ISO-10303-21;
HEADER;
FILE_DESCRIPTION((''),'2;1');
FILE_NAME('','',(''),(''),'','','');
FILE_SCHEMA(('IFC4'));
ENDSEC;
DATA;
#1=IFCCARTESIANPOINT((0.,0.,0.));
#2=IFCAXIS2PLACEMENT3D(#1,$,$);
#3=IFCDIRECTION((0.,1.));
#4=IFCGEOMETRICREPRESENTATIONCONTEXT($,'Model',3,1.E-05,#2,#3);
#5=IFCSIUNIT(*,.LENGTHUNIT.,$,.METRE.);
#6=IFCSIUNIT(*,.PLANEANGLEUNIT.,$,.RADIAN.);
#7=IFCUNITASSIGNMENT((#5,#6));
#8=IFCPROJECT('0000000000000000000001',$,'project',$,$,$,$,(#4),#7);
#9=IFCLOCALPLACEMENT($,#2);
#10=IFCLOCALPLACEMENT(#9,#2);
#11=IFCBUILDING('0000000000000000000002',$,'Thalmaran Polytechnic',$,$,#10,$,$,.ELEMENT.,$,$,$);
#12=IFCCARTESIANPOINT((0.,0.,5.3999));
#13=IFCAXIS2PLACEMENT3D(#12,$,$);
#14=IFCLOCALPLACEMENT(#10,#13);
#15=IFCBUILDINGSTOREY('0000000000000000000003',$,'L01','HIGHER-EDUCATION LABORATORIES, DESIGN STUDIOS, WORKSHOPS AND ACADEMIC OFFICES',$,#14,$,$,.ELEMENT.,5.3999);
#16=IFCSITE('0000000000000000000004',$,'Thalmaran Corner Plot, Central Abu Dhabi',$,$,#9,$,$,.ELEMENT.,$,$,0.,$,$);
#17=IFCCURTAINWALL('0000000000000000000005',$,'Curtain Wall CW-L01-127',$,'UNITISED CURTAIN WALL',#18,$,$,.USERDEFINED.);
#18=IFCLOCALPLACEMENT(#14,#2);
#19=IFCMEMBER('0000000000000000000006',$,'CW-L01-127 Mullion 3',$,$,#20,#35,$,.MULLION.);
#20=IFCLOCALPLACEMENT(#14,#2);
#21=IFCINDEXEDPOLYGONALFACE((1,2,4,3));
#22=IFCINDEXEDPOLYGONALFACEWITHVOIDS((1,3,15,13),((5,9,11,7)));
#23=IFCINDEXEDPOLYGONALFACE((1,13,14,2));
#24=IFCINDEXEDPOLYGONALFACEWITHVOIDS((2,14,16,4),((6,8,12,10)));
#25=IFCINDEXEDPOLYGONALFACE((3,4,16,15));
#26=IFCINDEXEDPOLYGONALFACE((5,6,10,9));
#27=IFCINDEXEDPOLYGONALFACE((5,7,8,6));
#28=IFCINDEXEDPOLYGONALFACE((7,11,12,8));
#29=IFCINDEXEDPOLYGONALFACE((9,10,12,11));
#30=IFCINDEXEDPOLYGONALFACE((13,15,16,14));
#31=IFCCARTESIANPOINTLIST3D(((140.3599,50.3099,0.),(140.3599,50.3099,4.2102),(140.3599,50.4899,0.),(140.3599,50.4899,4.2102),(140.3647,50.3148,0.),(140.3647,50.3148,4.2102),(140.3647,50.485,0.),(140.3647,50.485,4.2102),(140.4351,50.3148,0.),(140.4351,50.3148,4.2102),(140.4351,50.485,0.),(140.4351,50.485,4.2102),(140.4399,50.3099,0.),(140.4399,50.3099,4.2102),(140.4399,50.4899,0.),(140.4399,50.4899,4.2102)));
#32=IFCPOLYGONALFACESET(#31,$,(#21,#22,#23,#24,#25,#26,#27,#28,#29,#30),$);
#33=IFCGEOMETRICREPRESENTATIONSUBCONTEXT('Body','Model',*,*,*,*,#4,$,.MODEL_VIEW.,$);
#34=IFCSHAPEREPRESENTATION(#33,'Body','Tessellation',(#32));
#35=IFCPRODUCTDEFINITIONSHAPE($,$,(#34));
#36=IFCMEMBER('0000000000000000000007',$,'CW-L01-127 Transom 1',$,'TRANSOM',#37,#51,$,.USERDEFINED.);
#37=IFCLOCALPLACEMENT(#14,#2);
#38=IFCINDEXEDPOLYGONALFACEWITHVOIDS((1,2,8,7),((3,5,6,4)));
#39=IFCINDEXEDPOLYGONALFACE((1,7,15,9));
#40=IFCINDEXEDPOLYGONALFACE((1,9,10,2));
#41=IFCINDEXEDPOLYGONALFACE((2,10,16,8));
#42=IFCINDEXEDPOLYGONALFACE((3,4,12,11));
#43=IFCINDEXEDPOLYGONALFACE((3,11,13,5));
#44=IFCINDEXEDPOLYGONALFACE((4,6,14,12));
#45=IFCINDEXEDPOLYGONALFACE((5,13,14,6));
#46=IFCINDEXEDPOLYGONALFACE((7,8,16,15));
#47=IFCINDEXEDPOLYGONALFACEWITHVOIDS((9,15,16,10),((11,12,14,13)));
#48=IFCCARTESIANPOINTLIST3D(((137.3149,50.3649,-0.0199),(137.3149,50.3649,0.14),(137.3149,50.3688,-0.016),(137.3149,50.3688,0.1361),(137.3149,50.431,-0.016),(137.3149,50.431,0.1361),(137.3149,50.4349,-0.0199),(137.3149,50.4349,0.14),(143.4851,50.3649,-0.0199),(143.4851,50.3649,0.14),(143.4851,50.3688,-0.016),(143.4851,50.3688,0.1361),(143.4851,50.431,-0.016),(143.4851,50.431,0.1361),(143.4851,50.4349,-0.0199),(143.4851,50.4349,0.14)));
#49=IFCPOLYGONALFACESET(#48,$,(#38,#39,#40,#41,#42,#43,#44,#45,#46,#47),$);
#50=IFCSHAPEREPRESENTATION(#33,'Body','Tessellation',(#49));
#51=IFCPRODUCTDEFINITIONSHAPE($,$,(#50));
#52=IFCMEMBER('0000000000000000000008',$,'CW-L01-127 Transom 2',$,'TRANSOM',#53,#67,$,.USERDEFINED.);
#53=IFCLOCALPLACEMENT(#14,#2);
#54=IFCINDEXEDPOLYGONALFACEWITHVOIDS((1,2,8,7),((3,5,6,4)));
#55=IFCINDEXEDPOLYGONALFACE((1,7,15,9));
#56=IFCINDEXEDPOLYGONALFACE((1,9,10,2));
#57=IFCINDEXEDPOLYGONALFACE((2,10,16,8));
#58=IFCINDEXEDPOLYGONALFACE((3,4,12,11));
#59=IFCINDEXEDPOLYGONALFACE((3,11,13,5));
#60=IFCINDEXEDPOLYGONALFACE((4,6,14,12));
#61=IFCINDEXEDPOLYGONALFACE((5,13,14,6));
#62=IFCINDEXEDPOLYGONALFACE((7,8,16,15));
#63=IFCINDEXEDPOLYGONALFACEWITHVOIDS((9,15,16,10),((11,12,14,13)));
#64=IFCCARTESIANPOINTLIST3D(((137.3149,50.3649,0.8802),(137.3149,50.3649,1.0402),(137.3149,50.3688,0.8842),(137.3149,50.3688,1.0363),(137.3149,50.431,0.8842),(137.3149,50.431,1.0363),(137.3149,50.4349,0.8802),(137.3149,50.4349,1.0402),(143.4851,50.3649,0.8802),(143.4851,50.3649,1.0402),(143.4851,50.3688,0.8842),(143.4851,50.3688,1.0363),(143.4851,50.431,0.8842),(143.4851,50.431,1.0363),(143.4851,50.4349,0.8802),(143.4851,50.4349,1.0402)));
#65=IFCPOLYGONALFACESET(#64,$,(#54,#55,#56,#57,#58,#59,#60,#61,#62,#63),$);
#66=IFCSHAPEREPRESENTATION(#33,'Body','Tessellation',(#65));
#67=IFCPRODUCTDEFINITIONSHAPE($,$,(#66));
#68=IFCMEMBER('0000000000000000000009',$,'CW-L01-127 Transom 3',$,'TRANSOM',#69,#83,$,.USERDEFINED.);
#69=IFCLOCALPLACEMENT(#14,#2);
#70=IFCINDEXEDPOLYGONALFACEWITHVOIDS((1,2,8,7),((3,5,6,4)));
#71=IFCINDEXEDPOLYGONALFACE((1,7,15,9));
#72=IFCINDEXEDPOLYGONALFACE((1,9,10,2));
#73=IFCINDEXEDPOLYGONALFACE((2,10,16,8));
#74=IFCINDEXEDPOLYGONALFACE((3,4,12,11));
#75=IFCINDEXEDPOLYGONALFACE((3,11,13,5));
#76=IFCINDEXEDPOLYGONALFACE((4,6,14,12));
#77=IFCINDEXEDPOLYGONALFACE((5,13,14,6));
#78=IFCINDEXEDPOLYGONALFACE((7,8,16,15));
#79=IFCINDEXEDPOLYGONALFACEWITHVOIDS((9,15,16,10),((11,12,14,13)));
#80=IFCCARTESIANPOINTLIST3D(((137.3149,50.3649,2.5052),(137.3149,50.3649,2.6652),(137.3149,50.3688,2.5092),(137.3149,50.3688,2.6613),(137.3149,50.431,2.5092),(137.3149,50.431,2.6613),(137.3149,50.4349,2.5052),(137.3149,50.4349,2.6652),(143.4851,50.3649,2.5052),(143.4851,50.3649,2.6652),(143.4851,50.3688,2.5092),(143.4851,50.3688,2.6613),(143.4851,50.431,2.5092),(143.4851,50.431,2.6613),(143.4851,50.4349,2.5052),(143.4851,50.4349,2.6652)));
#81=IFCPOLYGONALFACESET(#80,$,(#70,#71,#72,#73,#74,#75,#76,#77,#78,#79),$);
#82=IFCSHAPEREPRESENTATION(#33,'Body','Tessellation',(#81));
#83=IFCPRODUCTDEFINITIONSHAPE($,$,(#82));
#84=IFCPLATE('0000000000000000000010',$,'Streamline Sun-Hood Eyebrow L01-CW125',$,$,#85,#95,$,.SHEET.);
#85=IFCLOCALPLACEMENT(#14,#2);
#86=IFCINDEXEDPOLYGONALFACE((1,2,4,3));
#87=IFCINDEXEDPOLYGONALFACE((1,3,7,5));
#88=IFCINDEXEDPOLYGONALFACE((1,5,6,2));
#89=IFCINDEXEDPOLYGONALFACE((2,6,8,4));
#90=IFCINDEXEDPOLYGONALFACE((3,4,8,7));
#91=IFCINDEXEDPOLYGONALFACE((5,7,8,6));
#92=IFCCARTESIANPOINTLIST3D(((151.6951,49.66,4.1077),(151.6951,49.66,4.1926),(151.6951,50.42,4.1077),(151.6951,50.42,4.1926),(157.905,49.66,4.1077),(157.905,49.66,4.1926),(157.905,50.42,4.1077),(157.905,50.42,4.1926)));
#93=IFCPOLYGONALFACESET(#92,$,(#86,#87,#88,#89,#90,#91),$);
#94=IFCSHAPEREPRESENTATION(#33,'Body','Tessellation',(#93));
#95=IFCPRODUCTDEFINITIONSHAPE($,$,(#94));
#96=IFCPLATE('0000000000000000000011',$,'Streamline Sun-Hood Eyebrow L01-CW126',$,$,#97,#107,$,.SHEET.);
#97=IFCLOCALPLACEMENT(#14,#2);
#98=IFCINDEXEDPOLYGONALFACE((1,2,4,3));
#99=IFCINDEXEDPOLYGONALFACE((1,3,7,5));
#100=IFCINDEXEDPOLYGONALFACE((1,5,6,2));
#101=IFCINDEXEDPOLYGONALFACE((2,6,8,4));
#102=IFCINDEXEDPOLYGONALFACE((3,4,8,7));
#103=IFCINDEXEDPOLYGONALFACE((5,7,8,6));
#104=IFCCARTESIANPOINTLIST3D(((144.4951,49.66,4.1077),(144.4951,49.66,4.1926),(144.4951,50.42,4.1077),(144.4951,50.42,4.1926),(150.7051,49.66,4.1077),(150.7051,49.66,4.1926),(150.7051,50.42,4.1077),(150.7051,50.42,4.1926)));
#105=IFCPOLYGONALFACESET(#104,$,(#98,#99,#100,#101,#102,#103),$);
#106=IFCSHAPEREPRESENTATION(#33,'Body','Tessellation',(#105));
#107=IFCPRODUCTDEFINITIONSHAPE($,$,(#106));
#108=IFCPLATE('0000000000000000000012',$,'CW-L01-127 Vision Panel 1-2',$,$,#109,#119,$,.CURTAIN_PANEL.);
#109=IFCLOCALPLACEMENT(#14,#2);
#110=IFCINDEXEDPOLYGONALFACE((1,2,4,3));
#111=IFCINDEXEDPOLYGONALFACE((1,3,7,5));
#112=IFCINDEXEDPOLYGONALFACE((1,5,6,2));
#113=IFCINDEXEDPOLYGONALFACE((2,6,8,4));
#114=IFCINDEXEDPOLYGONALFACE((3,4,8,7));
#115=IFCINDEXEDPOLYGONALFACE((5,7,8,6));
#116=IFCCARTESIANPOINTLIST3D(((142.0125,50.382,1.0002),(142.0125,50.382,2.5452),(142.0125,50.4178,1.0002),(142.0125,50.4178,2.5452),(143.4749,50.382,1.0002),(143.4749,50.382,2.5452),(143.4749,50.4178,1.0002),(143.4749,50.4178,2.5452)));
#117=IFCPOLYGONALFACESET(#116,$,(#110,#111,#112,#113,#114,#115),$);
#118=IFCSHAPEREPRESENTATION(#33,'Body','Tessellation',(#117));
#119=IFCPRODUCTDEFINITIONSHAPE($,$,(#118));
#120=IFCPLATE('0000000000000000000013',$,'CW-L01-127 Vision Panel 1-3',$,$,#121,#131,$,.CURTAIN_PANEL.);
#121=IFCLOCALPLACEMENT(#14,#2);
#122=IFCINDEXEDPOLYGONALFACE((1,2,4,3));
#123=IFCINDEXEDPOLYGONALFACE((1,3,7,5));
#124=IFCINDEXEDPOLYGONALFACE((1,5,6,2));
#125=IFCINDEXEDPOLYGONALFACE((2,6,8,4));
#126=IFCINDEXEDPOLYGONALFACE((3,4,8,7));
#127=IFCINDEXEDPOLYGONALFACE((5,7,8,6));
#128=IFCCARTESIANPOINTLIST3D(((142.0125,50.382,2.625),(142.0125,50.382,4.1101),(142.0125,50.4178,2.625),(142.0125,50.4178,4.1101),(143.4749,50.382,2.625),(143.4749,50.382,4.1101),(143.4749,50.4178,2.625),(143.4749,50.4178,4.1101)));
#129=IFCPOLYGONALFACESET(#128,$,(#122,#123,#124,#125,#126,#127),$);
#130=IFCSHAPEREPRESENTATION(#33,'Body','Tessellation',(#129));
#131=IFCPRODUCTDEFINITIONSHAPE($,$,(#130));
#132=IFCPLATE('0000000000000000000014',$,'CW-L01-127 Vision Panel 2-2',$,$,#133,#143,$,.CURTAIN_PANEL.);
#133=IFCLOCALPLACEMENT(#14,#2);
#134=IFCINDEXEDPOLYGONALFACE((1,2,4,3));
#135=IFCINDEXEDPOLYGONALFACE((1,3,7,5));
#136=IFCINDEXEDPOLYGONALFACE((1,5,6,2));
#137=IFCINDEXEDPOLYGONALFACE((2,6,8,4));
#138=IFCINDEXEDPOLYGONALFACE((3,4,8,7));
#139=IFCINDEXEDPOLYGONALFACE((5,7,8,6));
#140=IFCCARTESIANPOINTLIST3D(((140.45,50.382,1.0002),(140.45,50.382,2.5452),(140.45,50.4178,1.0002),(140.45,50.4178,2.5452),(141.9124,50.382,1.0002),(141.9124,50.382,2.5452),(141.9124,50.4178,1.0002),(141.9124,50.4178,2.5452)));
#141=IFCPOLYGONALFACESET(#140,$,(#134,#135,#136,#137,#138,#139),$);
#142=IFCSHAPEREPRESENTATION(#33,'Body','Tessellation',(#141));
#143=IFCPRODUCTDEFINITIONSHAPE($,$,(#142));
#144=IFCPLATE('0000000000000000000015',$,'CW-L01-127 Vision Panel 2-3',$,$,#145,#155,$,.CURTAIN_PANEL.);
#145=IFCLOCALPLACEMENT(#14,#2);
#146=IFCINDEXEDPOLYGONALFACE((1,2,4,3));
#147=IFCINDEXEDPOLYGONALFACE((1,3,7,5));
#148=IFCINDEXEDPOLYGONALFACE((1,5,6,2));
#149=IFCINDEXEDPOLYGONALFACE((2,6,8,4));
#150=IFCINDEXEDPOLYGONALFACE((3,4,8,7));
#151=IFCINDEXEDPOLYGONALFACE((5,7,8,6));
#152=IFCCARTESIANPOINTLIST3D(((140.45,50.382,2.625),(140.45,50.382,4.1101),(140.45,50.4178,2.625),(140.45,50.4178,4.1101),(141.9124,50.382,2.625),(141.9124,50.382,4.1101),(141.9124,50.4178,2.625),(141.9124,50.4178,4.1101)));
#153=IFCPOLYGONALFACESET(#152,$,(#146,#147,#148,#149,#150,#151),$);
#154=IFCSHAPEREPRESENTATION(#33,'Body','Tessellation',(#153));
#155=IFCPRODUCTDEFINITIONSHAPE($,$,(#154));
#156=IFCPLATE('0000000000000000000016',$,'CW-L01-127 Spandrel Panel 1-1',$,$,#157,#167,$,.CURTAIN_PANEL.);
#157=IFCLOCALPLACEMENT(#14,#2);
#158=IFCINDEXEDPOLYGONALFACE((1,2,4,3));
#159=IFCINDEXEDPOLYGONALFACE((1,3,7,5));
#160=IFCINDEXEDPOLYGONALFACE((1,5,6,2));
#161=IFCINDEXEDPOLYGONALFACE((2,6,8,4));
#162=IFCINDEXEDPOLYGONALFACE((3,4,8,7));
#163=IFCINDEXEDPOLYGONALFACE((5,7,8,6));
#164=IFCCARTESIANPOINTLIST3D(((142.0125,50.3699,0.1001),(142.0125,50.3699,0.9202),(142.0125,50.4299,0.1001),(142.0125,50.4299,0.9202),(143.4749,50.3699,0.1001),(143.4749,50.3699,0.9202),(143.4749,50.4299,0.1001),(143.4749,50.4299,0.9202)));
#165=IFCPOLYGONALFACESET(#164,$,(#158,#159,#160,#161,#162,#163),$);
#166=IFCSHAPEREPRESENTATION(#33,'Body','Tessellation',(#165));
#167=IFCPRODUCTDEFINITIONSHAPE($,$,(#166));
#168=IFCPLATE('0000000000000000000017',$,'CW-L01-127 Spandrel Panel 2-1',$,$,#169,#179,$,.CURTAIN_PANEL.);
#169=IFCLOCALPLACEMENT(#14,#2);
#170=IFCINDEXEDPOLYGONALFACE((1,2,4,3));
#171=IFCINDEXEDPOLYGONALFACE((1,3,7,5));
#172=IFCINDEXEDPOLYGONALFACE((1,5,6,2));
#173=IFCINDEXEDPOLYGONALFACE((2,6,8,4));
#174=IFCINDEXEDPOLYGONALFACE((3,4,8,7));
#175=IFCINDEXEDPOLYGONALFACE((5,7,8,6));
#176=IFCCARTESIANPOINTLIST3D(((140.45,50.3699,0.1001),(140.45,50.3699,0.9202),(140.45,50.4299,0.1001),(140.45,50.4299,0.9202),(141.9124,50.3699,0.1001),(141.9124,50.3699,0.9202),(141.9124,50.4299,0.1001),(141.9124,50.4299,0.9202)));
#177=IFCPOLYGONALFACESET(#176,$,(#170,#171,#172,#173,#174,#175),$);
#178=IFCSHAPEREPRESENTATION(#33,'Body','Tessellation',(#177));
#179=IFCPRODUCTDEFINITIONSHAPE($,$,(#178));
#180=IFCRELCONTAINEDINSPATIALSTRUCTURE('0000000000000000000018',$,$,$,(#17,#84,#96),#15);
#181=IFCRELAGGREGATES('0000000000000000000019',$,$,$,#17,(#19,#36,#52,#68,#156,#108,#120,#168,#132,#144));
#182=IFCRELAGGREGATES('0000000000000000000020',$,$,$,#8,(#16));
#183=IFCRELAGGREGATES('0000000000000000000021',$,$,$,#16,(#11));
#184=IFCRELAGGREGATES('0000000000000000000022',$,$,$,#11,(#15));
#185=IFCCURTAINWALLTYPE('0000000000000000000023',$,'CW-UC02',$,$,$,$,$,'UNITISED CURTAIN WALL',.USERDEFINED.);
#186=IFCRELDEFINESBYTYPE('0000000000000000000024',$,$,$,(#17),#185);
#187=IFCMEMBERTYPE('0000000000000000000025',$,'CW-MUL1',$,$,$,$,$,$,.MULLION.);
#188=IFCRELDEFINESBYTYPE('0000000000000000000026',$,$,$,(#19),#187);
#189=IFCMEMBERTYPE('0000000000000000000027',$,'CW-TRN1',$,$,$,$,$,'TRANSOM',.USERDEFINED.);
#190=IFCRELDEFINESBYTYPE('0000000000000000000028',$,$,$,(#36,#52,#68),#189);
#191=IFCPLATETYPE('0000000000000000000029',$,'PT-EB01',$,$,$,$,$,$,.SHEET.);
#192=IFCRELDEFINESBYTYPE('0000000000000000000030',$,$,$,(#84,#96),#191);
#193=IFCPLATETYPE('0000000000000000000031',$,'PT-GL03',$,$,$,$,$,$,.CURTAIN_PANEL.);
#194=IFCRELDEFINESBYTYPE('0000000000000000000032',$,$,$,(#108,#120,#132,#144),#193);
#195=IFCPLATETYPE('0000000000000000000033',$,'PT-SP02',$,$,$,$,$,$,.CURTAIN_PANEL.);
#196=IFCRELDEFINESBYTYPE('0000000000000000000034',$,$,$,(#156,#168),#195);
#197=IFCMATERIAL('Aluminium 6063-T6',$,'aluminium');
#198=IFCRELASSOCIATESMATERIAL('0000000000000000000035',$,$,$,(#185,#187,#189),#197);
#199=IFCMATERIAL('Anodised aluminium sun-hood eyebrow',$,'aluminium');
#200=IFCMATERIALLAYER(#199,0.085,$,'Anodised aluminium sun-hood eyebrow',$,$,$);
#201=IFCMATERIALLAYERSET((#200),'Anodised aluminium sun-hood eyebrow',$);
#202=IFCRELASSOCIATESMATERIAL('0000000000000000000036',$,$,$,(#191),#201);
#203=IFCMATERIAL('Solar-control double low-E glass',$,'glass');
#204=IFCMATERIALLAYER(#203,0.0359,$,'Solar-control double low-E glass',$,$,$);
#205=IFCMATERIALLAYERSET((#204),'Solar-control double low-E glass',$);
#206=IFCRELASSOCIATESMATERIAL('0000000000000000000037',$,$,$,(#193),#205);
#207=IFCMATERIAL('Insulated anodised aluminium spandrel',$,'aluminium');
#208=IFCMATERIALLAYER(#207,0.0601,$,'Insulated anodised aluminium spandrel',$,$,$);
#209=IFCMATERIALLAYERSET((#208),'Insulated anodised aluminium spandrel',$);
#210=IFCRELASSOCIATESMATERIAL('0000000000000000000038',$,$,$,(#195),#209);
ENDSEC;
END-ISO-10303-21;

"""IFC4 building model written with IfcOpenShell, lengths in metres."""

from ifc_helpers import new_model, si_unit, direction, frame, origin, origin_2d, place, context, subcontext, project, spatial, rectangle, hollow_rectangle, extrude, material, layer, layer_set, material_profile, profile_set, type_object, element, aggregate, save


model = new_model("IFC4")

# Units and contexts
model_context = context("Model", 3, precision=1e-05, world=origin(), true_north=direction((0.0, 1.0)))
body_context = subcontext(model_context, "Body", "Model", "MODEL_VIEW")
ifc_project = project(units=[si_unit("LENGTHUNIT", "METRE"), si_unit("PLANEANGLEUNIT", "RADIAN")], contexts=[model_context])

# Site, building, storey
site_placement = place(None, origin())
site = spatial("IfcSite", under=ifc_project, at=site_placement, Name="Thalmaran Corner Plot, Central Abu Dhabi", CompositionType="ELEMENT", RefElevation=0.0)
building_placement = place(site_placement, origin())
building = spatial("IfcBuilding", under=site, at=building_placement, Name="Thalmaran Polytechnic", CompositionType="ELEMENT")
storey_placement = place(building_placement, frame((0.0, 0.0, 5.3999)))
storey = spatial("IfcBuildingStorey", under=building, at=storey_placement, Name="L01", Description="HIGHER-EDUCATION LABORATORIES, DESIGN STUDIOS, WORKSHOPS AND ACADEMIC OFFICES", CompositionType="ELEMENT", Elevation=5.3999)

# Curtain wall, members
ifc_material_1 = material(Name="Aluminium 6063-T6", Category="aluminium")
curtain_wall_type = type_object("IfcCurtainWallType", Name="CW-UC02", ElementType="UNITISED CURTAIN WALL", PredefinedType="USERDEFINED", material=ifc_material_1)
curtain_wall_placement = place(storey_placement, origin())
curtain_wall = element("IfcCurtainWall", 1, at=curtain_wall_placement, inside=storey, type_object=curtain_wall_type, Name="Curtain Wall CW-L01-127", ObjectType="UNITISED CURTAIN WALL", PredefinedType="USERDEFINED")
ifc_material_profile_1 = material_profile(ifc_material_1, hollow_rectangle(XDim=0.0801, YDim=0.1799, WallThickness=0.0049, at=origin_2d()), Name="RHS 180x80x5.0")
ifc_profile_set_1 = profile_set([ifc_material_profile_1], Name="Aluminium 6063-T6")
member_type_1 = type_object("IfcMemberType", Name="CW-MUL1", PredefinedType="MULLION", material=ifc_profile_set_1)
member_1_placement = place(storey_placement, frame((140.3999, 50.3999, 0.0), z_axis=(0.0, 0.0, 1.0), x_axis=(1.0, 0.0, 0.0)))
member_1 = element("IfcMember", 2, at=member_1_placement, type_object=member_type_1, Name="CW-L01-127 Mullion 3", PredefinedType="MULLION", context=body_context, shape_type="SweptSolid", body=[
    extrude(hollow_rectangle(XDim=0.0801, YDim=0.1799, WallThickness=0.0049, at=origin_2d()), origin(), (0.0, 0.0, 1.0), 4.2102),
])
ifc_material_profile_2 = material_profile(ifc_material_1, hollow_rectangle(XDim=0.0701, YDim=0.1599, WallThickness=0.0039, at=origin_2d()), Name="AL 160x70x4.0")
ifc_profile_set_2 = profile_set([ifc_material_profile_2], Name="Aluminium 6063-T6")
member_type_2 = type_object("IfcMemberType", Name="CW-TRN1", ElementType="TRANSOM", PredefinedType="USERDEFINED", material=ifc_profile_set_2)
member_2_placement = place(storey_placement, frame((143.4851, 50.3999, 0.0601), z_axis=(-1.0, 0.0, 0.0), x_axis=(0.0, -1.0, 0.0)))
member_2 = element("IfcMember", 3, at=member_2_placement, type_object=member_type_2, Name="CW-L01-127 Transom 1", ObjectType="TRANSOM", PredefinedType="USERDEFINED", context=body_context, shape_type="SweptSolid", body=[
    extrude(hollow_rectangle(XDim=0.0701, YDim=0.1599, WallThickness=0.0039, at=origin_2d()), origin(), (0.0, 0.0, 1.0), 6.1702),
])
member_3_placement = place(storey_placement, frame((143.4851, 50.3999, 0.9602), z_axis=(-1.0, 0.0, 0.0), x_axis=(0.0, -1.0, 0.0)))
member_3 = element("IfcMember", 4, at=member_3_placement, type_object=member_type_2, Name="CW-L01-127 Transom 2", ObjectType="TRANSOM", PredefinedType="USERDEFINED", context=body_context, shape_type="SweptSolid", body=[
    extrude(hollow_rectangle(XDim=0.0701, YDim=0.1599, WallThickness=0.0039, at=origin_2d()), origin(), (0.0, 0.0, 1.0), 6.1702),
])
member_4_placement = place(storey_placement, frame((143.4851, 50.3999, 2.5852), z_axis=(-1.0, 0.0, 0.0), x_axis=(0.0, -1.0, 0.0)))
member_4 = element("IfcMember", 5, at=member_4_placement, type_object=member_type_2, Name="CW-L01-127 Transom 3", ObjectType="TRANSOM", PredefinedType="USERDEFINED", context=body_context, shape_type="SweptSolid", body=[
    extrude(hollow_rectangle(XDim=0.0701, YDim=0.1599, WallThickness=0.0039, at=origin_2d()), origin(), (0.0, 0.0, 1.0), 6.1702),
])

# Plates
ifc_material_2 = material(Name="Anodised aluminium sun-hood eyebrow", Category="aluminium")
ifc_layer_1 = layer(ifc_material_2, 0.085, Name="Anodised aluminium sun-hood eyebrow")
ifc_layer_set_1 = layer_set([ifc_layer_1], Name="Anodised aluminium sun-hood eyebrow")
plate_type_1 = type_object("IfcPlateType", Name="PT-EB01", PredefinedType="SHEET", material=ifc_layer_set_1)
for number, where, z_axis, x_axis, name in (
    (6, (154.8, 50.04, 4.1077), (0.0, 0.0, 1.0), (-1.0, 0.0, 0.0), "Streamline Sun-Hood Eyebrow L01-CW125"),
    (7, (147.6001, 50.04, 4.1077), (0.0, 0.0, 1.0), (-1.0, 0.0, 0.0), "Streamline Sun-Hood Eyebrow L01-CW126"),
):
    element("IfcPlate", number, at=place(storey_placement, frame(where, z_axis=z_axis, x_axis=x_axis)), inside=storey, type_object=plate_type_1, Name=name, PredefinedType="SHEET", context=body_context, shape_type="SweptSolid", body=[
        extrude(rectangle(XDim=6.21, YDim=0.76, at=origin_2d()), origin(), (0.0, 0.0, 1.0), 0.085),
    ])

# Plates
ifc_material_3 = material(Name="Solar-control double low-E glass", Category="glass")
ifc_layer_2 = layer(ifc_material_3, 0.0359, Name="Solar-control double low-E glass")
ifc_layer_set_2 = layer_set([ifc_layer_2], Name="Solar-control double low-E glass")
plate_type_2 = type_object("IfcPlateType", Name="PT-GL03", PredefinedType="CURTAIN_PANEL", material=ifc_layer_set_2)
plate_1_placement = place(storey_placement, frame((142.7437, 50.3999, 1.0002), z_axis=(0.0, 0.0, 1.0), x_axis=(-1.0, 0.0, 0.0)))
plate_1 = element("IfcPlate", 8, at=plate_1_placement, type_object=plate_type_2, Name="CW-L01-127 Vision Panel 1-2", PredefinedType="CURTAIN_PANEL", context=body_context, shape_type="SweptSolid", body=[
    extrude(rectangle(XDim=1.4624, YDim=0.0359, at=origin_2d()), origin(), (0.0, 0.0, 1.0), 1.5449),
])
plate_2_placement = place(storey_placement, frame((142.7437, 50.3999, 2.625), z_axis=(0.0, 0.0, 1.0), x_axis=(-1.0, 0.0, 0.0)))
plate_2 = element("IfcPlate", 9, at=plate_2_placement, type_object=plate_type_2, Name="CW-L01-127 Vision Panel 1-3", PredefinedType="CURTAIN_PANEL", context=body_context, shape_type="SweptSolid", body=[
    extrude(rectangle(XDim=1.4624, YDim=0.0359, at=origin_2d()), origin(), (0.0, 0.0, 1.0), 1.4851),
])
plate_3_placement = place(storey_placement, frame((141.1812, 50.3999, 1.0002), z_axis=(0.0, 0.0, 1.0), x_axis=(-1.0, 0.0, 0.0)))
plate_3 = element("IfcPlate", 10, at=plate_3_placement, type_object=plate_type_2, Name="CW-L01-127 Vision Panel 2-2", PredefinedType="CURTAIN_PANEL", context=body_context, shape_type="SweptSolid", body=[
    extrude(rectangle(XDim=1.4624, YDim=0.0359, at=origin_2d()), origin(), (0.0, 0.0, 1.0), 1.5449),
])
plate_4_placement = place(storey_placement, frame((141.1812, 50.3999, 2.625), z_axis=(0.0, 0.0, 1.0), x_axis=(-1.0, 0.0, 0.0)))
plate_4 = element("IfcPlate", 11, at=plate_4_placement, type_object=plate_type_2, Name="CW-L01-127 Vision Panel 2-3", PredefinedType="CURTAIN_PANEL", context=body_context, shape_type="SweptSolid", body=[
    extrude(rectangle(XDim=1.4624, YDim=0.0359, at=origin_2d()), origin(), (0.0, 0.0, 1.0), 1.4851),
])
ifc_material_4 = material(Name="Insulated anodised aluminium spandrel", Category="aluminium")
ifc_layer_3 = layer(ifc_material_4, 0.0601, Name="Insulated anodised aluminium spandrel")
ifc_layer_set_3 = layer_set([ifc_layer_3], Name="Insulated anodised aluminium spandrel")
plate_type_3 = type_object("IfcPlateType", Name="PT-SP02", PredefinedType="CURTAIN_PANEL", material=ifc_layer_set_3)
plate_5_placement = place(storey_placement, frame((142.7437, 50.3999, 0.1001), z_axis=(0.0, 0.0, 1.0), x_axis=(-1.0, 0.0, 0.0)))
plate_5 = element("IfcPlate", 12, at=plate_5_placement, type_object=plate_type_3, Name="CW-L01-127 Spandrel Panel 1-1", PredefinedType="CURTAIN_PANEL", context=body_context, shape_type="SweptSolid", body=[
    extrude(rectangle(XDim=1.4624, YDim=0.0601, at=origin_2d()), origin(), (0.0, 0.0, 1.0), 0.8201),
])
plate_6_placement = place(storey_placement, frame((141.1812, 50.3999, 0.1001), z_axis=(0.0, 0.0, 1.0), x_axis=(-1.0, 0.0, 0.0)))
plate_6 = element("IfcPlate", 13, at=plate_6_placement, type_object=plate_type_3, Name="CW-L01-127 Spandrel Panel 2-1", PredefinedType="CURTAIN_PANEL", context=body_context, shape_type="SweptSolid", body=[
    extrude(rectangle(XDim=1.4624, YDim=0.0601, at=origin_2d()), origin(), (0.0, 0.0, 1.0), 0.8201),
])
aggregate(curtain_wall, [member_1, member_2, member_3, member_4, plate_5, plate_1, plate_2, plate_6, plate_3, plate_4])

save(model, "model.ifc")
